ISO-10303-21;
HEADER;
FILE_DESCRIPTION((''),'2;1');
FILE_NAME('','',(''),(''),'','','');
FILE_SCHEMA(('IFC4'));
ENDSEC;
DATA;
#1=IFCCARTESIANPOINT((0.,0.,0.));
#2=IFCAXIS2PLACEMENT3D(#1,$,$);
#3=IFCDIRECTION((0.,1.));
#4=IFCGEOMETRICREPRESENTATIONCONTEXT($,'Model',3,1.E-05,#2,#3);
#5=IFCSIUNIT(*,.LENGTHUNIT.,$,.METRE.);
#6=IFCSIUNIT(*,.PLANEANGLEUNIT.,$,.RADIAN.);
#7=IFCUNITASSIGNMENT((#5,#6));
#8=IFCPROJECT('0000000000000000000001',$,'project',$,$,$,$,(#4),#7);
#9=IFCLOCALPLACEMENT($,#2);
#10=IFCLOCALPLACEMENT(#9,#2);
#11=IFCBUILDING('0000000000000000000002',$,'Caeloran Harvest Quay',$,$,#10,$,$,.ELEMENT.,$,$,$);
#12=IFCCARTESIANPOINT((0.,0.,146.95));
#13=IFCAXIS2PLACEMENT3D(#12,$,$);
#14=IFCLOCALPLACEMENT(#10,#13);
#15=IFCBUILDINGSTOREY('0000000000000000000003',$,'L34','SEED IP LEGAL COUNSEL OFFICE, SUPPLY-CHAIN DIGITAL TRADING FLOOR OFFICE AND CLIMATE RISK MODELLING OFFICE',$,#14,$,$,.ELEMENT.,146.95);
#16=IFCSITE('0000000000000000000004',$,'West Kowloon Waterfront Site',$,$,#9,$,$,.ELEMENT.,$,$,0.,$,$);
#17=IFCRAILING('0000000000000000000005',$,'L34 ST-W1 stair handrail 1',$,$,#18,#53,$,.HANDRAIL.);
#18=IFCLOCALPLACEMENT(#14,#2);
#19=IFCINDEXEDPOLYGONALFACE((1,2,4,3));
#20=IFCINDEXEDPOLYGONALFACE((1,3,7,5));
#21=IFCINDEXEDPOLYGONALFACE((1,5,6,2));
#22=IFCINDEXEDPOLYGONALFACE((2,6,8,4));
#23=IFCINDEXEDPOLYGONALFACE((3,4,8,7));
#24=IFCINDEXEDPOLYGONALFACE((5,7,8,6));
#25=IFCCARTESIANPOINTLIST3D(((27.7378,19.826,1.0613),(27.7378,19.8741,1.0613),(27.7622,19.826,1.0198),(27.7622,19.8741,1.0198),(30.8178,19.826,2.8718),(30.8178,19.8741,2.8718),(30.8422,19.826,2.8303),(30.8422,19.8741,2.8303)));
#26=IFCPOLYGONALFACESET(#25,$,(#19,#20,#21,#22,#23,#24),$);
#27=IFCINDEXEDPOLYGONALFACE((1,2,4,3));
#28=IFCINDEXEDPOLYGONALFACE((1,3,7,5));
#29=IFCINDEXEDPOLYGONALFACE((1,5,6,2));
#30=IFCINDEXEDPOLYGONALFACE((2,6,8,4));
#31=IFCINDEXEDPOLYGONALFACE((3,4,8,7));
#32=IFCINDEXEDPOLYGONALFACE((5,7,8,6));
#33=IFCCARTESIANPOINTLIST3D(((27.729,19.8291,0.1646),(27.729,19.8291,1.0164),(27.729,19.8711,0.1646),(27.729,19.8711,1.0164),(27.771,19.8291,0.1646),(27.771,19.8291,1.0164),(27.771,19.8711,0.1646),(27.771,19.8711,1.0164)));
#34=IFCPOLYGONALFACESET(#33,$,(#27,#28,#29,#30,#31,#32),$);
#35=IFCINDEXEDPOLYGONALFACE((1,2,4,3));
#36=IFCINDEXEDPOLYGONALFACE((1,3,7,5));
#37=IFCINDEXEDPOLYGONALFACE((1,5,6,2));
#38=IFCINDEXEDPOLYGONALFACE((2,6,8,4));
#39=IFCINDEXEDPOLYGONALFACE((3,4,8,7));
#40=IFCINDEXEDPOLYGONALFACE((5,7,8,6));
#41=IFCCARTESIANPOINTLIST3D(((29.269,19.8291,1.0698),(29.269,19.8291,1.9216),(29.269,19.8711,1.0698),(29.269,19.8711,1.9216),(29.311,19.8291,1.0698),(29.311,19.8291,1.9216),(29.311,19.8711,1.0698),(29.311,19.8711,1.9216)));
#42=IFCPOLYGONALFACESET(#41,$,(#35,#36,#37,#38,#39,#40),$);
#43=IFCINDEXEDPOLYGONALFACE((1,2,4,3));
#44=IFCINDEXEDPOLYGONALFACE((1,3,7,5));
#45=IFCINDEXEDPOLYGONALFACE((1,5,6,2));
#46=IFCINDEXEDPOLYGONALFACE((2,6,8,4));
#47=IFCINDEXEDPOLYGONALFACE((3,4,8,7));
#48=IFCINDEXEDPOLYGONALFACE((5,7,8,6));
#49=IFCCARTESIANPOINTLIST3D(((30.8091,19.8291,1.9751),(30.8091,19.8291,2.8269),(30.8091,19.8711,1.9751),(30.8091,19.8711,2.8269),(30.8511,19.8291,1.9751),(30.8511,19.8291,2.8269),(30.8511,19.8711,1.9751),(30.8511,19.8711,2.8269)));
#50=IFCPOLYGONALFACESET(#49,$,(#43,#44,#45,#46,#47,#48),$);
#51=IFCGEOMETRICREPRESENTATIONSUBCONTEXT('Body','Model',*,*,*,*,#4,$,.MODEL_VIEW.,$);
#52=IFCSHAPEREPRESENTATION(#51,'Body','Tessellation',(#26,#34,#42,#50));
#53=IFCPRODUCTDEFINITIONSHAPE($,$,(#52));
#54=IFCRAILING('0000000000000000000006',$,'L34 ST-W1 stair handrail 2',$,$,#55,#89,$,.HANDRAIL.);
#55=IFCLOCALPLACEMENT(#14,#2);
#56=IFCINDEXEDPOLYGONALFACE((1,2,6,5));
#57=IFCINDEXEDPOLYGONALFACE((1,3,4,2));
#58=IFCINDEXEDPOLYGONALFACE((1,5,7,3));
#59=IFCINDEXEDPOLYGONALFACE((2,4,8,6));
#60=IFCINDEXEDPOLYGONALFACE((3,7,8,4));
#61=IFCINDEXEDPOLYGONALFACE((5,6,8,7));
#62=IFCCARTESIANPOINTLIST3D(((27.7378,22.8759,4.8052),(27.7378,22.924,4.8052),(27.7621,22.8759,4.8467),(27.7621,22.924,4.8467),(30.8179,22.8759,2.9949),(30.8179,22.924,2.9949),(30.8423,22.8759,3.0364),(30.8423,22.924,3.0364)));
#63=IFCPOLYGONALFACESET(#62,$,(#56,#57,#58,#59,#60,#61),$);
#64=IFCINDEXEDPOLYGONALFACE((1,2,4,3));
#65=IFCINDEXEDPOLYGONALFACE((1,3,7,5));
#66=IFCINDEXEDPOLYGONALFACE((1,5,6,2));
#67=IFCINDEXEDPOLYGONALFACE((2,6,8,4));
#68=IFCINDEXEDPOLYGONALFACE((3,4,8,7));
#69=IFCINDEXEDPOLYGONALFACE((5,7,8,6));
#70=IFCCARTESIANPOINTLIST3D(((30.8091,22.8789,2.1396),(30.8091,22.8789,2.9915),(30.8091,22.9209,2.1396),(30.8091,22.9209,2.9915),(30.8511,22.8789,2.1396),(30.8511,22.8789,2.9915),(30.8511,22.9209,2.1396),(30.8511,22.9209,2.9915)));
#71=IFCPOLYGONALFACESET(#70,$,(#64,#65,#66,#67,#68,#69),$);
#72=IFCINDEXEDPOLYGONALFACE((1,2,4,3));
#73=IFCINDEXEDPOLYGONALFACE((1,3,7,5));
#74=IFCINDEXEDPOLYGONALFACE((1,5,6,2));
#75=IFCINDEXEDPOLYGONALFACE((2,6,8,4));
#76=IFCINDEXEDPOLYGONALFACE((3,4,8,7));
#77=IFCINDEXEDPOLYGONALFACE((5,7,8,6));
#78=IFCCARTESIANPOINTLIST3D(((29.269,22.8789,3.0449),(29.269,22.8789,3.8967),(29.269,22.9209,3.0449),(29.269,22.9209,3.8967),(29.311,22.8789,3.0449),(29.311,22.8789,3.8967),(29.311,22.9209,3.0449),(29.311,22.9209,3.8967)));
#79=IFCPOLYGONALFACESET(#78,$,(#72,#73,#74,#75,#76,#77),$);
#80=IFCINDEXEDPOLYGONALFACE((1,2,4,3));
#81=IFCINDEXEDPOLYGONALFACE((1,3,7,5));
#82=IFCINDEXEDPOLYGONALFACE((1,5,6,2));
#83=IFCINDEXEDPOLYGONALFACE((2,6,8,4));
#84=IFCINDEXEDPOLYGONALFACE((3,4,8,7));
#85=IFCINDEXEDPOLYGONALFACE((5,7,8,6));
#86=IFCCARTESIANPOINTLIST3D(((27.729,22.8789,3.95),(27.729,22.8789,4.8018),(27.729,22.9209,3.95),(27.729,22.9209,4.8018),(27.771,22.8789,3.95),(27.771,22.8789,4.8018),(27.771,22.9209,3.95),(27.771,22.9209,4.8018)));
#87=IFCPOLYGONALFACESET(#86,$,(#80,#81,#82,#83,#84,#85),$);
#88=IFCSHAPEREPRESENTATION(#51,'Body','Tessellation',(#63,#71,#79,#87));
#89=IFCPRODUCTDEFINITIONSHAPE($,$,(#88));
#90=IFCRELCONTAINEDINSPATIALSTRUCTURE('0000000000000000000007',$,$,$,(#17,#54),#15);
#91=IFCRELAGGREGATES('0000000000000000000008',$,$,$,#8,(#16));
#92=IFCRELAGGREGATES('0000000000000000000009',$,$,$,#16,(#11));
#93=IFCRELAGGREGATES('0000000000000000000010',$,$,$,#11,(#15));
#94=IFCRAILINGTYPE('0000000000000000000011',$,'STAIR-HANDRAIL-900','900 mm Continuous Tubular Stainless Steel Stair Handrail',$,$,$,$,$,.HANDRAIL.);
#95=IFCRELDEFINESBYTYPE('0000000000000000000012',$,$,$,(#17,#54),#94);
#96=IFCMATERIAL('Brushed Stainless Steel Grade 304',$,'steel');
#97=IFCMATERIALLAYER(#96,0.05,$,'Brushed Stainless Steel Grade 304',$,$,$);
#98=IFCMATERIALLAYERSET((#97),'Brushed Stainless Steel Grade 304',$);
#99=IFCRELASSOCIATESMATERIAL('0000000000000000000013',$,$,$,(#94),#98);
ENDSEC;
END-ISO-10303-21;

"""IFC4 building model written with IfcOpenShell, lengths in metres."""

from ifc_helpers import new_model, si_unit, direction, frame, origin, origin_2d, place, context, subcontext, project, spatial, rectangle, extrude, material, layer, layer_set, type_object, element, save


model = new_model("IFC4")

# Units and contexts
model_context = context("Model", 3, precision=1e-05, world=origin(), true_north=direction((0.0, 1.0)))
body_context = subcontext(model_context, "Body", "Model", "MODEL_VIEW")
ifc_project = project(units=[si_unit("LENGTHUNIT", "METRE"), si_unit("PLANEANGLEUNIT", "RADIAN")], contexts=[model_context])

# Site, building, storey
site_placement = place(None, origin())
site = spatial("IfcSite", under=ifc_project, at=site_placement, Name="West Kowloon Waterfront Site", CompositionType="ELEMENT", RefElevation=0.0)
building_placement = place(site_placement, origin())
building = spatial("IfcBuilding", under=site, at=building_placement, Name="Caeloran Harvest Quay", CompositionType="ELEMENT")
storey_placement = place(building_placement, frame((0.0, 0.0, 146.95)))
storey = spatial("IfcBuildingStorey", under=building, at=storey_placement, Name="L34", Description="SEED IP LEGAL COUNSEL OFFICE, SUPPLY-CHAIN DIGITAL TRADING FLOOR OFFICE AND CLIMATE RISK MODELLING OFFICE", CompositionType="ELEMENT", Elevation=146.95)

# Railings
ifc_material_1 = material(Name="Brushed Stainless Steel Grade 304", Category="steel")
ifc_layer_1 = layer(ifc_material_1, 0.05, Name="Brushed Stainless Steel Grade 304")
ifc_layer_set_1 = layer_set([ifc_layer_1], Name="Brushed Stainless Steel Grade 304")
railing_type_1 = type_object("IfcRailingType", Name="STAIR-HANDRAIL-900", Description="900 mm Continuous Tubular Stainless Steel Stair Handrail", PredefinedType="HANDRAIL", material=ifc_layer_set_1)
railing_1_placement = place(storey_placement, frame((27.75, 19.8501, 0.1646)))
element("IfcRailing", 1, at=railing_1_placement, inside=storey, type_object=railing_type_1, Name="L34 ST-W1 stair handrail 1", PredefinedType="HANDRAIL", context=body_context, shape_type="SweptSolid", body=[
    extrude(rectangle(XDim=0.0481, YDim=0.0481, at=origin_2d()), frame((0.0, 0.0, 0.876), z_axis=(0.862089, 0.0, 0.506757), x_axis=(0.0, 1.0, 0.0)), (0.0, 0.0, 1.0), 3.5728),
    extrude(rectangle(XDim=0.042, YDim=0.042, at=origin_2d()), origin(), (0.0, 0.0, 1.0), 0.8518),
    extrude(rectangle(XDim=0.042, YDim=0.042, at=origin_2d()), frame((1.54, 0.0, 0.9053)), (0.0, 0.0, 1.0), 0.8518),
    extrude(rectangle(XDim=0.042, YDim=0.042, at=origin_2d()), frame((3.0801, 0.0, 1.8105)), (0.0, 0.0, 1.0), 0.8518),
])
railing_2_placement = place(storey_placement, frame((30.8301, 22.8999, 2.1396)))
element("IfcRailing", 2, at=railing_2_placement, inside=storey, type_object=railing_type_1, Name="L34 ST-W1 stair handrail 2", PredefinedType="HANDRAIL", context=body_context, shape_type="SweptSolid", body=[
    extrude(rectangle(XDim=0.0481, YDim=0.0481, at=origin_2d()), frame((0.0, 0.0, 0.876), z_axis=(-0.862119, 0.0, 0.506707), x_axis=(0.0, -1.0, 0.0)), (0.0, 0.0, 1.0), 3.5728),
    extrude(rectangle(XDim=0.042, YDim=0.042, at=origin_2d()), origin(), (0.0, 0.0, 1.0), 0.8518),
    extrude(rectangle(XDim=0.042, YDim=0.042, at=origin_2d()), frame((-1.54, 0.0, 0.9053)), (0.0, 0.0, 1.0), 0.8518),
    extrude(rectangle(XDim=0.042, YDim=0.042, at=origin_2d()), frame((-3.0801, 0.0, 1.8103)), (0.0, 0.0, 1.0), 0.8518),
])

save(model, "model.ifc")
